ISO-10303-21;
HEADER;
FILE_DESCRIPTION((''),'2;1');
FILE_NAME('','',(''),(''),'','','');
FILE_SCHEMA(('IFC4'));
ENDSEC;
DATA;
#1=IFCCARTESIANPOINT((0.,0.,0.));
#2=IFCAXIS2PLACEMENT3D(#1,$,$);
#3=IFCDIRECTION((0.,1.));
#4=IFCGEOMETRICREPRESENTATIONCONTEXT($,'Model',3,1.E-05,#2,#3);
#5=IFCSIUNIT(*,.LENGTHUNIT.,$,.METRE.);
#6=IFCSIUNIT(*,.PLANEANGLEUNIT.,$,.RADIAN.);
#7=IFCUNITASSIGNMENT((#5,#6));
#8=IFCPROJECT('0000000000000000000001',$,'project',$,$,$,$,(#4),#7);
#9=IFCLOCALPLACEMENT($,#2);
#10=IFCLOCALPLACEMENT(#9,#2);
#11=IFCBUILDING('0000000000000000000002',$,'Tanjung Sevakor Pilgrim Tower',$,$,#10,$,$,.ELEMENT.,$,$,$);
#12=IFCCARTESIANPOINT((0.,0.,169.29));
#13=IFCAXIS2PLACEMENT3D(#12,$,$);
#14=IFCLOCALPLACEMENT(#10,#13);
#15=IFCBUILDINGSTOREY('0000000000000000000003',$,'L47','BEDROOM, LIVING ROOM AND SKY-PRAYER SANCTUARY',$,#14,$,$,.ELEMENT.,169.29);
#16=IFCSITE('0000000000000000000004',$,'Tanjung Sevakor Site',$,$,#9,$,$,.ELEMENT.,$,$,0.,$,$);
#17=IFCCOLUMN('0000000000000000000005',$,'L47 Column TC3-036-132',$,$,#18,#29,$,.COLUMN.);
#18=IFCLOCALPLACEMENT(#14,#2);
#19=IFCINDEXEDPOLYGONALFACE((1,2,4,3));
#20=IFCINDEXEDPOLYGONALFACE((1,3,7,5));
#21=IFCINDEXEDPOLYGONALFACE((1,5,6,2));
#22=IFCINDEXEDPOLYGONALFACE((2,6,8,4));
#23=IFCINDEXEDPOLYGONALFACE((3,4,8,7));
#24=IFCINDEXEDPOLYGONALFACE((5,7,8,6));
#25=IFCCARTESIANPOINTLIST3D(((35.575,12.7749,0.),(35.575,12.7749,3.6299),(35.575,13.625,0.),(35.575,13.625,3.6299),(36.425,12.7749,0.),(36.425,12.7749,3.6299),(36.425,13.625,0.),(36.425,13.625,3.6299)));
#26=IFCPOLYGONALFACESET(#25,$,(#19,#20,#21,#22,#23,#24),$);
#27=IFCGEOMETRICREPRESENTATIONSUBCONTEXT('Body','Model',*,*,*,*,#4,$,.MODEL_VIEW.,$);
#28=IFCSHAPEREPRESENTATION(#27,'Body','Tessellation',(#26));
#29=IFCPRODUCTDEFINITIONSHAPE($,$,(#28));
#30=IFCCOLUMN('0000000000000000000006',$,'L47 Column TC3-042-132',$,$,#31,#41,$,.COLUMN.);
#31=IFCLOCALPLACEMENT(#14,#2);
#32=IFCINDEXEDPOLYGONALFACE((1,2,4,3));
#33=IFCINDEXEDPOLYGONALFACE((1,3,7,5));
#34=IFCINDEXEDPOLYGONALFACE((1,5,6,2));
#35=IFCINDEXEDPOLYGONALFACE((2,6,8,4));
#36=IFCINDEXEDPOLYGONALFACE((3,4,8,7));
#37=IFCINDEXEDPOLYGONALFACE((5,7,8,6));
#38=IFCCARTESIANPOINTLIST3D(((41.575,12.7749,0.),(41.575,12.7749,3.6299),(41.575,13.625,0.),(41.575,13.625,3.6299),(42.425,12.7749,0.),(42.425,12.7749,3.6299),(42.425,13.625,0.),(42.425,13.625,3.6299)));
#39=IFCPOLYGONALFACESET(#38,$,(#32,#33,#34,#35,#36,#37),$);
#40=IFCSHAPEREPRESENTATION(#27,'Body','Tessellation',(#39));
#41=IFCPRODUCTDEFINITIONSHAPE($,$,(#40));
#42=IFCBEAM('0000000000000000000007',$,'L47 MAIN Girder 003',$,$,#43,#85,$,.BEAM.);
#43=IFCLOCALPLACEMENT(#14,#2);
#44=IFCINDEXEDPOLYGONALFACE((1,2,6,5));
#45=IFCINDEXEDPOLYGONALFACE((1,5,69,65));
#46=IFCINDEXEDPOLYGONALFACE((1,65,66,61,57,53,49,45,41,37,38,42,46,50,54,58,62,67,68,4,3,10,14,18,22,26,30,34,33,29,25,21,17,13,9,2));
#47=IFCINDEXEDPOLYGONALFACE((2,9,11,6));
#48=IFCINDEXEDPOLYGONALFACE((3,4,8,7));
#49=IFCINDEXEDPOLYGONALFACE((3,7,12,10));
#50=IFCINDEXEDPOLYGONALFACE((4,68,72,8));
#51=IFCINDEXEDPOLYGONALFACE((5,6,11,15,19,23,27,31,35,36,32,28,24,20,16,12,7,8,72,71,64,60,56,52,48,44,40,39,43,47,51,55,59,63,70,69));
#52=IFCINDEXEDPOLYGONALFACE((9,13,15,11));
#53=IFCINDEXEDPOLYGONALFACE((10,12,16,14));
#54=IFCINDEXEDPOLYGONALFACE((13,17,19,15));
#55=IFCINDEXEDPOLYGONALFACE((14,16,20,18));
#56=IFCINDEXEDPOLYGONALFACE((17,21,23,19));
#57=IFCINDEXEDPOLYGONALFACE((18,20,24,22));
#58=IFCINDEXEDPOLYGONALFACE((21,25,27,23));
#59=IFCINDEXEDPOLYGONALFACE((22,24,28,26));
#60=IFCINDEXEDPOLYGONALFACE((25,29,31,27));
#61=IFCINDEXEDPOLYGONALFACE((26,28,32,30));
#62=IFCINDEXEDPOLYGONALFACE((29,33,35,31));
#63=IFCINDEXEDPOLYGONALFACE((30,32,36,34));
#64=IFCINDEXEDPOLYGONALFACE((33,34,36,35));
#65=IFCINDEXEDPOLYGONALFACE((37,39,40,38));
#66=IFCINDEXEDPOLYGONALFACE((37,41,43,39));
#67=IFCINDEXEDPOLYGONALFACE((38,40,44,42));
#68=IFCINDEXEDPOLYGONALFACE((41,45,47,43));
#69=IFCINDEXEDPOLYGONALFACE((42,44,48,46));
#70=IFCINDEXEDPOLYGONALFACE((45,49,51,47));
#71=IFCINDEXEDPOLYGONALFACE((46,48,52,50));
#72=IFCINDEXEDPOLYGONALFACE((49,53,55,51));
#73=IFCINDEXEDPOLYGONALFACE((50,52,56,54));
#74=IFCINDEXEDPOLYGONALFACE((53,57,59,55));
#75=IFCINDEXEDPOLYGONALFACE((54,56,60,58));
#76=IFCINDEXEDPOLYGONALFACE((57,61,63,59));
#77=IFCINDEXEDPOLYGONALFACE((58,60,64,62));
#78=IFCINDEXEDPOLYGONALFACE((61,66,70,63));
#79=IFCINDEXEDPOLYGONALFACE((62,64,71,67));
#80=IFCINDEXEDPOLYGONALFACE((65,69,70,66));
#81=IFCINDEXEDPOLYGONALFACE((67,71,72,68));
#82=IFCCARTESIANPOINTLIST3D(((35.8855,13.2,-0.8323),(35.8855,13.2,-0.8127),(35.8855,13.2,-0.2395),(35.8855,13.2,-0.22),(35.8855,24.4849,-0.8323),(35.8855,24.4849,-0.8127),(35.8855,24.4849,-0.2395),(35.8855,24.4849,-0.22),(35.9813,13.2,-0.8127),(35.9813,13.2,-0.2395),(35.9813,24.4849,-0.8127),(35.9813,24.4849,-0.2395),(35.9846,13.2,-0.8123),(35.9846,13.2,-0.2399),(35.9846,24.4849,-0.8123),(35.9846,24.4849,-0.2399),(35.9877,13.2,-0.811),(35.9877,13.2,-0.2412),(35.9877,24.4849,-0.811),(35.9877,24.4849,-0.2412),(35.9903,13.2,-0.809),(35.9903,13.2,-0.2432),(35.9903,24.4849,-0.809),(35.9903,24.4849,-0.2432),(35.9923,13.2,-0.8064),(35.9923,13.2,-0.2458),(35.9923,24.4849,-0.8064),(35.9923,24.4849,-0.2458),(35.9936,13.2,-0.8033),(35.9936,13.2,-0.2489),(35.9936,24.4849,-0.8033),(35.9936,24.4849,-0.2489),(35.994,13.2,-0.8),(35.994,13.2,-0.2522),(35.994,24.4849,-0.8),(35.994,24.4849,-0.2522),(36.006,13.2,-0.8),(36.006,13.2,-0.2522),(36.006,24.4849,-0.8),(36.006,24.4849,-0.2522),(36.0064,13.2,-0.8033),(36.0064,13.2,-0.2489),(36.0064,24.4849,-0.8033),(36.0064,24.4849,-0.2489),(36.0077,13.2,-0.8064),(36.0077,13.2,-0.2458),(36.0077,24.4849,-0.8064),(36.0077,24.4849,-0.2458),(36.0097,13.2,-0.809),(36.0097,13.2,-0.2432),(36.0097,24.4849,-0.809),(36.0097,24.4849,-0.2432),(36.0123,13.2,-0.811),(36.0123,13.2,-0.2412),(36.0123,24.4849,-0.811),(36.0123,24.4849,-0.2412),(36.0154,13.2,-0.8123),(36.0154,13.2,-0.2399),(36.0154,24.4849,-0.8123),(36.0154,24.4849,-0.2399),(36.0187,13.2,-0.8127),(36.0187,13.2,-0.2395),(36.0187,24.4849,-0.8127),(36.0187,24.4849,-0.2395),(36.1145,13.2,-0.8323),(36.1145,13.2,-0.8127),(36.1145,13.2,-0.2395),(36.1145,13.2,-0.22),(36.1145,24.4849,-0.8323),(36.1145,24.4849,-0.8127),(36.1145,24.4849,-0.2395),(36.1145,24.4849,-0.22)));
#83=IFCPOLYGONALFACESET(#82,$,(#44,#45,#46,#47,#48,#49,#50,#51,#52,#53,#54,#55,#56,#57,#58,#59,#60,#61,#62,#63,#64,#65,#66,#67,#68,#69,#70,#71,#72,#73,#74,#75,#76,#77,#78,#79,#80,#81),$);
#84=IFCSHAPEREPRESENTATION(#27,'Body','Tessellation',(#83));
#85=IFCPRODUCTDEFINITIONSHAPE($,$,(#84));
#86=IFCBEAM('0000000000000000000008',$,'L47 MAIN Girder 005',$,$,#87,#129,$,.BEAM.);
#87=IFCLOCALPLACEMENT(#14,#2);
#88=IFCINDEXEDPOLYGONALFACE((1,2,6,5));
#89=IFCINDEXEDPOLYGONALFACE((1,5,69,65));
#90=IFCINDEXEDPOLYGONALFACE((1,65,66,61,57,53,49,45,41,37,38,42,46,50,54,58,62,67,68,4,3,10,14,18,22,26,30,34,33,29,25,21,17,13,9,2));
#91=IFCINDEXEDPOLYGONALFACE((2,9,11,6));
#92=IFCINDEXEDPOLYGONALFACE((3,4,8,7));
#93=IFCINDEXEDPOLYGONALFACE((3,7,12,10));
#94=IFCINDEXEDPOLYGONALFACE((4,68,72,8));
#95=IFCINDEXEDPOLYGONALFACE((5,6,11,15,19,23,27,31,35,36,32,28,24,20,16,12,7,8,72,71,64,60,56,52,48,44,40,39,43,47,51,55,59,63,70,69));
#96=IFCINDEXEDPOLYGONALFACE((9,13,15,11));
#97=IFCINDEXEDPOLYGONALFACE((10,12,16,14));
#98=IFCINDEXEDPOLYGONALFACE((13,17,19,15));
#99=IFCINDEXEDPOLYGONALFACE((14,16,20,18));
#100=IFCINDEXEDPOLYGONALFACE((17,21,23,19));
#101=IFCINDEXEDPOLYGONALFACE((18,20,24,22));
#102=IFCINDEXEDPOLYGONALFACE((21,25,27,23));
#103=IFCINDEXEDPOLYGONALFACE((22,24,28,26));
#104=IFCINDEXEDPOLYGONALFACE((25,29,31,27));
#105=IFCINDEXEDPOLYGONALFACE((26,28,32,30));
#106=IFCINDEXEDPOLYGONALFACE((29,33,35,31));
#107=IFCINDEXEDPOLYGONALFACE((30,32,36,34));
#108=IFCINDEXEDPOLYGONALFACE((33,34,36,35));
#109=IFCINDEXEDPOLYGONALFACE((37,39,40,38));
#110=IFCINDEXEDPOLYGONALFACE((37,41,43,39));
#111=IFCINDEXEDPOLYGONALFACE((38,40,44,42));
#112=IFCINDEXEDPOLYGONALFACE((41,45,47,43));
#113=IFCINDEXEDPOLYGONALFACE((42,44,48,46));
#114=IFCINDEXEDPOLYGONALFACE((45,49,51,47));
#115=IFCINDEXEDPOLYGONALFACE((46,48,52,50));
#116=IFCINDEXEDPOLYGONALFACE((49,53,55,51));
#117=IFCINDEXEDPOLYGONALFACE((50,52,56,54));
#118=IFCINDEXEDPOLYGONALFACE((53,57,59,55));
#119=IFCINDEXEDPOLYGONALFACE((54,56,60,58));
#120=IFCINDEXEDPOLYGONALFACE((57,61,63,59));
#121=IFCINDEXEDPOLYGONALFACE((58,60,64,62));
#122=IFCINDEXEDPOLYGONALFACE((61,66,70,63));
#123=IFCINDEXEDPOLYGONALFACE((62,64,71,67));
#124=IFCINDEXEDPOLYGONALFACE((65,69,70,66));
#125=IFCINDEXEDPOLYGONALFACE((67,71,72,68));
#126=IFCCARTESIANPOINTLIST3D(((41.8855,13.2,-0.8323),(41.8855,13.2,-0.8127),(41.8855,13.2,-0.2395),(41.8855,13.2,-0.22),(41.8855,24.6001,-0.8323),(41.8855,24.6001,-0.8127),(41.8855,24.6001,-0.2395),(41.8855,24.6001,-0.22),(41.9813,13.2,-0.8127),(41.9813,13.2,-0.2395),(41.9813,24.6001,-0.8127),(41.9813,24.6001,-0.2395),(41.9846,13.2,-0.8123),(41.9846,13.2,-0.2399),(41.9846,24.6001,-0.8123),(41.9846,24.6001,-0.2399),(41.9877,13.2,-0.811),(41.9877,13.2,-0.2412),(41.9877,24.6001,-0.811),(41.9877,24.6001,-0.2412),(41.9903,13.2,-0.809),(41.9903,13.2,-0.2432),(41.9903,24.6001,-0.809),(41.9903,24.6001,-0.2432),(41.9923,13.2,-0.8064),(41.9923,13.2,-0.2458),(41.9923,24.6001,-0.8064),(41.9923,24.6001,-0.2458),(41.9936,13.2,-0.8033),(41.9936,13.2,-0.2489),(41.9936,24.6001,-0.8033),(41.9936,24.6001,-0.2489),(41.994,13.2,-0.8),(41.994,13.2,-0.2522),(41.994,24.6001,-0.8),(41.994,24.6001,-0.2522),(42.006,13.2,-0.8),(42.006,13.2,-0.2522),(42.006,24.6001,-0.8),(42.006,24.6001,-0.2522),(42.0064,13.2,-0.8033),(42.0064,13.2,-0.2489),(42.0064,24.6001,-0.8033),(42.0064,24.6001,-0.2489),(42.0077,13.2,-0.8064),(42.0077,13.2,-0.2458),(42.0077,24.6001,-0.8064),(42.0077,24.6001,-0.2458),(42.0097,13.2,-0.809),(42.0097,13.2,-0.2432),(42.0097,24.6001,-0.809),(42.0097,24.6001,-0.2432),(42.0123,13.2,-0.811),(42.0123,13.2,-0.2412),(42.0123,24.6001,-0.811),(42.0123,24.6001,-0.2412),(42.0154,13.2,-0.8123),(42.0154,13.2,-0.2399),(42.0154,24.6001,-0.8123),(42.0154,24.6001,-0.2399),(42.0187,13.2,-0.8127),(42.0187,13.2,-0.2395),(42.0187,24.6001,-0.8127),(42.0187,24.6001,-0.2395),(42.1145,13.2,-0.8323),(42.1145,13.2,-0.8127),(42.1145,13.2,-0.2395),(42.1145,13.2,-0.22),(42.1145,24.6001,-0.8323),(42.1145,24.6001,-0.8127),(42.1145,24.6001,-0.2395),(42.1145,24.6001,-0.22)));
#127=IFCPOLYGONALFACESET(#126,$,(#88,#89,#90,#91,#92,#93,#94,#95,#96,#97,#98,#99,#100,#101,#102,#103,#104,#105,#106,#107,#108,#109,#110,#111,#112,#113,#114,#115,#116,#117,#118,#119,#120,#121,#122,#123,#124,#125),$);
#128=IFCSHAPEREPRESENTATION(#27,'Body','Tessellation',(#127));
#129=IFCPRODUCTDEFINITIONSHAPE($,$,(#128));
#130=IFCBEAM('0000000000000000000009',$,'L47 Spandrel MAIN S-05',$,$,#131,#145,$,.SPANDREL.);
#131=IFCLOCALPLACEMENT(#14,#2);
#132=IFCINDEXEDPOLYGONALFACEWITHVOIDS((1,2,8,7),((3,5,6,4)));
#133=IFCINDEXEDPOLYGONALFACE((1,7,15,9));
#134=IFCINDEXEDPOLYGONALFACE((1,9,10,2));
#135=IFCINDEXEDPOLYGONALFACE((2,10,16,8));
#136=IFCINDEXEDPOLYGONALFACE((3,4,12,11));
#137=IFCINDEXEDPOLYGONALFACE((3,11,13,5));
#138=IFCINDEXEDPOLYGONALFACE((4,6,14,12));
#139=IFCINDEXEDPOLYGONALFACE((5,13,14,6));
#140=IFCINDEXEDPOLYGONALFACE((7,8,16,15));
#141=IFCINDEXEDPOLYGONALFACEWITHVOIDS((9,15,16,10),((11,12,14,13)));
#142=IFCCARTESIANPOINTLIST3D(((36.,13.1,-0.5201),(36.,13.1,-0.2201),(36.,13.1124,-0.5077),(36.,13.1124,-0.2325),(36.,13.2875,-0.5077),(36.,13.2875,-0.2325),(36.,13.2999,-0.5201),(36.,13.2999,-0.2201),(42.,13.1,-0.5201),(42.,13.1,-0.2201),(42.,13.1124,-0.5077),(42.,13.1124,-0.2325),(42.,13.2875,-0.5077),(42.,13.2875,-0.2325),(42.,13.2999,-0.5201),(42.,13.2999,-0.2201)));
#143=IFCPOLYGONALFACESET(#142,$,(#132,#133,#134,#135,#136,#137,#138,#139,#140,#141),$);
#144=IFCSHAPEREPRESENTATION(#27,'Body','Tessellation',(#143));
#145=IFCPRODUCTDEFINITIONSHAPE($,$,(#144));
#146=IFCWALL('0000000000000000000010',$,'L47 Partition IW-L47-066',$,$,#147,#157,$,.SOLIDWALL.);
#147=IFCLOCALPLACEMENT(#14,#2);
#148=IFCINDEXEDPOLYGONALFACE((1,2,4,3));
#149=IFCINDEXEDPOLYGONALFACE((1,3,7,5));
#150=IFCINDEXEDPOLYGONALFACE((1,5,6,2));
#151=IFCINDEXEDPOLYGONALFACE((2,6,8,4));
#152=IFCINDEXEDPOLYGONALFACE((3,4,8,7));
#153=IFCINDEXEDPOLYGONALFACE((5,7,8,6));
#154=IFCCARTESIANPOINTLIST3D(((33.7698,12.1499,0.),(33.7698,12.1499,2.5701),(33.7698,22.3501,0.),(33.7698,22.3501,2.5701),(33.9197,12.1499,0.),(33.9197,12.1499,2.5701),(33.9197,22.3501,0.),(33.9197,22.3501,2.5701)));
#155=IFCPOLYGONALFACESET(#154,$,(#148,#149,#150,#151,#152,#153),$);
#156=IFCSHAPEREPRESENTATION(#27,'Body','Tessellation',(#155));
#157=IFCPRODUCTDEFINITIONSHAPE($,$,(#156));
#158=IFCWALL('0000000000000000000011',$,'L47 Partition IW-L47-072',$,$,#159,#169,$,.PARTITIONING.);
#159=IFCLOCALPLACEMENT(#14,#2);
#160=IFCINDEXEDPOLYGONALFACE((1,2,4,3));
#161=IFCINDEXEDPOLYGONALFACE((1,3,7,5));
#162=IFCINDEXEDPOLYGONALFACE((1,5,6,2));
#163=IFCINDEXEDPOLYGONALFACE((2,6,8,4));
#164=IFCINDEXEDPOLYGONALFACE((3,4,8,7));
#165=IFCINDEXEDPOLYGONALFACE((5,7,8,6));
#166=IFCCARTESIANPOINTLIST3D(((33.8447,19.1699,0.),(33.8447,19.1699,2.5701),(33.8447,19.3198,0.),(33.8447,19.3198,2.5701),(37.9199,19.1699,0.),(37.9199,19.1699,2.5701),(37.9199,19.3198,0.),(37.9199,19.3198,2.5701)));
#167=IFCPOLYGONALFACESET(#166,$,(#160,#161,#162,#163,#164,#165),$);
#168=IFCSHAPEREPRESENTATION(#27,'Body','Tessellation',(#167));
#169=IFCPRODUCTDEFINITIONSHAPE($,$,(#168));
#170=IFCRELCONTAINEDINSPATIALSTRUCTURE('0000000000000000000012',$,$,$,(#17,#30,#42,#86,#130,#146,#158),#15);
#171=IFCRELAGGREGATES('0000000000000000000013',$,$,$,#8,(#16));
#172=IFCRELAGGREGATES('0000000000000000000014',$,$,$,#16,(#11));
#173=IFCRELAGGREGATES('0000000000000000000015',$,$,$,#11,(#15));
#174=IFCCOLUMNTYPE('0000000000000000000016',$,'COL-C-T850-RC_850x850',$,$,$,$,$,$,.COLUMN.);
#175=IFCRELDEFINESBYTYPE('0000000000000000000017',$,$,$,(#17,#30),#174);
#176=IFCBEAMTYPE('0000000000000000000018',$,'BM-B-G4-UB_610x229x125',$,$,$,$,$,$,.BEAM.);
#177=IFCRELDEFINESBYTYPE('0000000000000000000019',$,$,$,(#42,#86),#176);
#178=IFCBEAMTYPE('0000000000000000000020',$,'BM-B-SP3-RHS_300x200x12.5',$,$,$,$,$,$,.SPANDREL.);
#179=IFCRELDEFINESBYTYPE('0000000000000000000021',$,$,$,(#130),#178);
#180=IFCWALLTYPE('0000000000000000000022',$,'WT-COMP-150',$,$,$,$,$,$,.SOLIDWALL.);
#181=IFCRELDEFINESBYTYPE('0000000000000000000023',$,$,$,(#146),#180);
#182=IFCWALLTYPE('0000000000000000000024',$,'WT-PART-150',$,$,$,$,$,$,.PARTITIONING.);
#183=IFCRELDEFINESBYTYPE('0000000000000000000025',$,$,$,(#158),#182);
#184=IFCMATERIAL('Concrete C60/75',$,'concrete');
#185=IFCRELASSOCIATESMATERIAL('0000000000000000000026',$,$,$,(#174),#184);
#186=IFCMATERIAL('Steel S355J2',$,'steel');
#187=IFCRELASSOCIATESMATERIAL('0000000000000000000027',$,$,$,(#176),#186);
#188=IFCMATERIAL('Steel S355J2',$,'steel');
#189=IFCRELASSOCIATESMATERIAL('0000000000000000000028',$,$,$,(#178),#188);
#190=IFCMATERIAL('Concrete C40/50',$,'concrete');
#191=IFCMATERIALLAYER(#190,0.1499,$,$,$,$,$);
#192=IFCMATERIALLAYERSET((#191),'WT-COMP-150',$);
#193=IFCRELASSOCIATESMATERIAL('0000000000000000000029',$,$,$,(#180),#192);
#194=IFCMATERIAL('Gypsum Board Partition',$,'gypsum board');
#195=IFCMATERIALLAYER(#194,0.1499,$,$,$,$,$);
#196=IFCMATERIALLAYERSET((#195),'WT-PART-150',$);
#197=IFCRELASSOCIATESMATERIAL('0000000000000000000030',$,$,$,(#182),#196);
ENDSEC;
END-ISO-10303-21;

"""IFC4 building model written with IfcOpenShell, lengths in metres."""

from ifc_helpers import new_model, si_unit, direction, frame, frame_2d, origin, origin_2d, place, context, subcontext, project, spatial, rectangle, hollow_rectangle, i_section, extrude, material, layer, layer_set, material_profile, profile_set, type_object, element, save


model = new_model("IFC4")

# Units and contexts
model_context = context("Model", 3, precision=1e-05, world=origin(), true_north=direction((0.0, 1.0)))
body_context = subcontext(model_context, "Body", "Model", "MODEL_VIEW")
ifc_project = project(units=[si_unit("LENGTHUNIT", "METRE"), si_unit("PLANEANGLEUNIT", "RADIAN")], contexts=[model_context])

# Site, building, storey
site_placement = place(None, origin())
site = spatial("IfcSite", under=ifc_project, at=site_placement, Name="Tanjung Sevakor Site", CompositionType="ELEMENT", RefElevation=0.0)
building_placement = place(site_placement, origin())
building = spatial("IfcBuilding", under=site, at=building_placement, Name="Tanjung Sevakor Pilgrim Tower", CompositionType="ELEMENT")
storey_placement = place(building_placement, frame((0.0, 0.0, 169.29)))
storey = spatial("IfcBuildingStorey", under=building, at=storey_placement, Name="L47", Description="BEDROOM, LIVING ROOM AND SKY-PRAYER SANCTUARY", CompositionType="ELEMENT", Elevation=169.29)

# Columns
ifc_material_1 = material(Name="Concrete C60/75", Category="concrete")
ifc_material_profile_1 = material_profile(ifc_material_1, rectangle(XDim=0.8501, YDim=0.8501, at=origin_2d()))
ifc_profile_set_1 = profile_set([ifc_material_profile_1], Name="Concrete C60/75")
column_type = type_object("IfcColumnType", Name="COL-C-T850-RC_850x850", PredefinedType="COLUMN", material=ifc_profile_set_1)
for number, where, z_axis, x_axis, name in (
    (1, (36.0, 13.2, 0.0), (0.0, 0.0, 1.0), (1.0, 0.0, 0.0), "L47 Column TC3-036-132"),
    (2, (42.0, 13.2, 0.0), (0.0, 0.0, 1.0), (1.0, 0.0, 0.0), "L47 Column TC3-042-132"),
):
    element("IfcColumn", number, at=place(storey_placement, frame(where, z_axis=z_axis, x_axis=x_axis)), inside=storey, type_object=column_type, Name=name, PredefinedType="COLUMN", context=body_context, shape_type="SweptSolid", body=[
        extrude(rectangle(XDim=0.8501, YDim=0.8501, at=origin_2d()), origin(), (0.0, 0.0, 1.0), 3.6299),
    ])

# Beams
ifc_material_2 = material(Name="Steel S355J2", Category="steel")
ifc_material_profile_2 = material_profile(ifc_material_2, i_section(OverallWidth=0.229, OverallDepth=0.6123, WebThickness=0.012, FlangeThickness=0.0195, FilletRadius=0.0127, at=origin_2d()))
ifc_profile_set_2 = profile_set([ifc_material_profile_2], Name="Steel S355J2")
beam_type_1 = type_object("IfcBeamType", Name="BM-B-G4-UB_610x229x125", PredefinedType="BEAM", material=ifc_profile_set_2)
beam_1_placement = place(storey_placement, frame((36.0, 13.2, -0.5261), z_axis=(0.0, 1.0, 0.0), x_axis=(-1.0, 0.0, 0.0)))
element("IfcBeam", 3, at=beam_1_placement, inside=storey, type_object=beam_type_1, Name="L47 MAIN Girder 003", PredefinedType="BEAM", context=body_context, shape_type="SweptSolid", body=[
    extrude(i_section(OverallWidth=0.229, OverallDepth=0.6123, WebThickness=0.012, FlangeThickness=0.0195, FilletRadius=0.0127, at=origin_2d()), origin(), (0.0, 0.0, 1.0), 11.2849),
])
beam_2_placement = place(storey_placement, frame((42.0, 13.2, -0.5261), z_axis=(0.0, 1.0, 0.0), x_axis=(-1.0, 0.0, 0.0)))
element("IfcBeam", 4, at=beam_2_placement, inside=storey, type_object=beam_type_1, Name="L47 MAIN Girder 005", PredefinedType="BEAM", context=body_context, shape_type="SweptSolid", body=[
    extrude(i_section(OverallWidth=0.229, OverallDepth=0.6123, WebThickness=0.012, FlangeThickness=0.0195, FilletRadius=0.0127, at=origin_2d()), origin(), (0.0, 0.0, 1.0), 11.4001),
])
ifc_material_3 = material(Name="Steel S355J2", Category="steel")
ifc_material_profile_3 = material_profile(ifc_material_3, hollow_rectangle(XDim=0.2, YDim=0.3, WallThickness=0.0125, at=origin_2d()))
ifc_profile_set_3 = profile_set([ifc_material_profile_3], Name="Steel S355J2")
beam_type_2 = type_object("IfcBeamType", Name="BM-B-SP3-RHS_300x200x12.5", PredefinedType="SPANDREL", material=ifc_profile_set_3)
beam_3_placement = place(storey_placement, frame((36.0, 13.2, -0.3701), z_axis=(1.0, 0.0, 0.0), x_axis=(0.0, 1.0, 0.0)))
element("IfcBeam", 5, at=beam_3_placement, inside=storey, type_object=beam_type_2, Name="L47 Spandrel MAIN S-05", PredefinedType="SPANDREL", context=body_context, shape_type="SweptSolid", body=[
    extrude(hollow_rectangle(XDim=0.2, YDim=0.3, WallThickness=0.0125, at=origin_2d()), origin(), (0.0, 0.0, 1.0), 6.0),
])

# Walls
ifc_material_4 = material(Name="Concrete C40/50", Category="concrete")
ifc_layer_1 = layer(ifc_material_4, 0.1499)
ifc_layer_set_1 = layer_set([ifc_layer_1], Name="WT-COMP-150")
wall_type_1 = type_object("IfcWallType", Name="WT-COMP-150", PredefinedType="SOLIDWALL", material=ifc_layer_set_1)
wall_1_placement = place(storey_placement, frame((33.8447, 12.1499, 0.0), z_axis=(0.0, 0.0, 1.0), x_axis=(0.0, 1.0, 0.0)))
element("IfcWall", 6, at=wall_1_placement, inside=storey, type_object=wall_type_1, Name="L47 Partition IW-L47-066", PredefinedType="SOLIDWALL", context=body_context, shape_type="SweptSolid", body=[
    extrude(rectangle(XDim=10.2002, YDim=0.1499, at=frame_2d((5.1001, 0.0))), origin(), (0.0, 0.0, 1.0), 2.5701),
])
ifc_material_5 = material(Name="Gypsum Board Partition", Category="gypsum board")
ifc_layer_2 = layer(ifc_material_5, 0.1499)
ifc_layer_set_2 = layer_set([ifc_layer_2], Name="WT-PART-150")
wall_type_2 = type_object("IfcWallType", Name="WT-PART-150", PredefinedType="PARTITIONING", material=ifc_layer_set_2)
wall_2_placement = place(storey_placement, frame((33.8447, 19.2449, 0.0), z_axis=(0.0, 0.0, 1.0), x_axis=(1.0, 0.0, 0.0)))
element("IfcWall", 7, at=wall_2_placement, inside=storey, type_object=wall_type_2, Name="L47 Partition IW-L47-072", PredefinedType="PARTITIONING", context=body_context, shape_type="SweptSolid", body=[
    extrude(rectangle(XDim=4.0752, YDim=0.1499, at=frame_2d((2.0376, 0.0))), origin(), (0.0, 0.0, 1.0), 2.5701),
])

save(model, "model.ifc")
